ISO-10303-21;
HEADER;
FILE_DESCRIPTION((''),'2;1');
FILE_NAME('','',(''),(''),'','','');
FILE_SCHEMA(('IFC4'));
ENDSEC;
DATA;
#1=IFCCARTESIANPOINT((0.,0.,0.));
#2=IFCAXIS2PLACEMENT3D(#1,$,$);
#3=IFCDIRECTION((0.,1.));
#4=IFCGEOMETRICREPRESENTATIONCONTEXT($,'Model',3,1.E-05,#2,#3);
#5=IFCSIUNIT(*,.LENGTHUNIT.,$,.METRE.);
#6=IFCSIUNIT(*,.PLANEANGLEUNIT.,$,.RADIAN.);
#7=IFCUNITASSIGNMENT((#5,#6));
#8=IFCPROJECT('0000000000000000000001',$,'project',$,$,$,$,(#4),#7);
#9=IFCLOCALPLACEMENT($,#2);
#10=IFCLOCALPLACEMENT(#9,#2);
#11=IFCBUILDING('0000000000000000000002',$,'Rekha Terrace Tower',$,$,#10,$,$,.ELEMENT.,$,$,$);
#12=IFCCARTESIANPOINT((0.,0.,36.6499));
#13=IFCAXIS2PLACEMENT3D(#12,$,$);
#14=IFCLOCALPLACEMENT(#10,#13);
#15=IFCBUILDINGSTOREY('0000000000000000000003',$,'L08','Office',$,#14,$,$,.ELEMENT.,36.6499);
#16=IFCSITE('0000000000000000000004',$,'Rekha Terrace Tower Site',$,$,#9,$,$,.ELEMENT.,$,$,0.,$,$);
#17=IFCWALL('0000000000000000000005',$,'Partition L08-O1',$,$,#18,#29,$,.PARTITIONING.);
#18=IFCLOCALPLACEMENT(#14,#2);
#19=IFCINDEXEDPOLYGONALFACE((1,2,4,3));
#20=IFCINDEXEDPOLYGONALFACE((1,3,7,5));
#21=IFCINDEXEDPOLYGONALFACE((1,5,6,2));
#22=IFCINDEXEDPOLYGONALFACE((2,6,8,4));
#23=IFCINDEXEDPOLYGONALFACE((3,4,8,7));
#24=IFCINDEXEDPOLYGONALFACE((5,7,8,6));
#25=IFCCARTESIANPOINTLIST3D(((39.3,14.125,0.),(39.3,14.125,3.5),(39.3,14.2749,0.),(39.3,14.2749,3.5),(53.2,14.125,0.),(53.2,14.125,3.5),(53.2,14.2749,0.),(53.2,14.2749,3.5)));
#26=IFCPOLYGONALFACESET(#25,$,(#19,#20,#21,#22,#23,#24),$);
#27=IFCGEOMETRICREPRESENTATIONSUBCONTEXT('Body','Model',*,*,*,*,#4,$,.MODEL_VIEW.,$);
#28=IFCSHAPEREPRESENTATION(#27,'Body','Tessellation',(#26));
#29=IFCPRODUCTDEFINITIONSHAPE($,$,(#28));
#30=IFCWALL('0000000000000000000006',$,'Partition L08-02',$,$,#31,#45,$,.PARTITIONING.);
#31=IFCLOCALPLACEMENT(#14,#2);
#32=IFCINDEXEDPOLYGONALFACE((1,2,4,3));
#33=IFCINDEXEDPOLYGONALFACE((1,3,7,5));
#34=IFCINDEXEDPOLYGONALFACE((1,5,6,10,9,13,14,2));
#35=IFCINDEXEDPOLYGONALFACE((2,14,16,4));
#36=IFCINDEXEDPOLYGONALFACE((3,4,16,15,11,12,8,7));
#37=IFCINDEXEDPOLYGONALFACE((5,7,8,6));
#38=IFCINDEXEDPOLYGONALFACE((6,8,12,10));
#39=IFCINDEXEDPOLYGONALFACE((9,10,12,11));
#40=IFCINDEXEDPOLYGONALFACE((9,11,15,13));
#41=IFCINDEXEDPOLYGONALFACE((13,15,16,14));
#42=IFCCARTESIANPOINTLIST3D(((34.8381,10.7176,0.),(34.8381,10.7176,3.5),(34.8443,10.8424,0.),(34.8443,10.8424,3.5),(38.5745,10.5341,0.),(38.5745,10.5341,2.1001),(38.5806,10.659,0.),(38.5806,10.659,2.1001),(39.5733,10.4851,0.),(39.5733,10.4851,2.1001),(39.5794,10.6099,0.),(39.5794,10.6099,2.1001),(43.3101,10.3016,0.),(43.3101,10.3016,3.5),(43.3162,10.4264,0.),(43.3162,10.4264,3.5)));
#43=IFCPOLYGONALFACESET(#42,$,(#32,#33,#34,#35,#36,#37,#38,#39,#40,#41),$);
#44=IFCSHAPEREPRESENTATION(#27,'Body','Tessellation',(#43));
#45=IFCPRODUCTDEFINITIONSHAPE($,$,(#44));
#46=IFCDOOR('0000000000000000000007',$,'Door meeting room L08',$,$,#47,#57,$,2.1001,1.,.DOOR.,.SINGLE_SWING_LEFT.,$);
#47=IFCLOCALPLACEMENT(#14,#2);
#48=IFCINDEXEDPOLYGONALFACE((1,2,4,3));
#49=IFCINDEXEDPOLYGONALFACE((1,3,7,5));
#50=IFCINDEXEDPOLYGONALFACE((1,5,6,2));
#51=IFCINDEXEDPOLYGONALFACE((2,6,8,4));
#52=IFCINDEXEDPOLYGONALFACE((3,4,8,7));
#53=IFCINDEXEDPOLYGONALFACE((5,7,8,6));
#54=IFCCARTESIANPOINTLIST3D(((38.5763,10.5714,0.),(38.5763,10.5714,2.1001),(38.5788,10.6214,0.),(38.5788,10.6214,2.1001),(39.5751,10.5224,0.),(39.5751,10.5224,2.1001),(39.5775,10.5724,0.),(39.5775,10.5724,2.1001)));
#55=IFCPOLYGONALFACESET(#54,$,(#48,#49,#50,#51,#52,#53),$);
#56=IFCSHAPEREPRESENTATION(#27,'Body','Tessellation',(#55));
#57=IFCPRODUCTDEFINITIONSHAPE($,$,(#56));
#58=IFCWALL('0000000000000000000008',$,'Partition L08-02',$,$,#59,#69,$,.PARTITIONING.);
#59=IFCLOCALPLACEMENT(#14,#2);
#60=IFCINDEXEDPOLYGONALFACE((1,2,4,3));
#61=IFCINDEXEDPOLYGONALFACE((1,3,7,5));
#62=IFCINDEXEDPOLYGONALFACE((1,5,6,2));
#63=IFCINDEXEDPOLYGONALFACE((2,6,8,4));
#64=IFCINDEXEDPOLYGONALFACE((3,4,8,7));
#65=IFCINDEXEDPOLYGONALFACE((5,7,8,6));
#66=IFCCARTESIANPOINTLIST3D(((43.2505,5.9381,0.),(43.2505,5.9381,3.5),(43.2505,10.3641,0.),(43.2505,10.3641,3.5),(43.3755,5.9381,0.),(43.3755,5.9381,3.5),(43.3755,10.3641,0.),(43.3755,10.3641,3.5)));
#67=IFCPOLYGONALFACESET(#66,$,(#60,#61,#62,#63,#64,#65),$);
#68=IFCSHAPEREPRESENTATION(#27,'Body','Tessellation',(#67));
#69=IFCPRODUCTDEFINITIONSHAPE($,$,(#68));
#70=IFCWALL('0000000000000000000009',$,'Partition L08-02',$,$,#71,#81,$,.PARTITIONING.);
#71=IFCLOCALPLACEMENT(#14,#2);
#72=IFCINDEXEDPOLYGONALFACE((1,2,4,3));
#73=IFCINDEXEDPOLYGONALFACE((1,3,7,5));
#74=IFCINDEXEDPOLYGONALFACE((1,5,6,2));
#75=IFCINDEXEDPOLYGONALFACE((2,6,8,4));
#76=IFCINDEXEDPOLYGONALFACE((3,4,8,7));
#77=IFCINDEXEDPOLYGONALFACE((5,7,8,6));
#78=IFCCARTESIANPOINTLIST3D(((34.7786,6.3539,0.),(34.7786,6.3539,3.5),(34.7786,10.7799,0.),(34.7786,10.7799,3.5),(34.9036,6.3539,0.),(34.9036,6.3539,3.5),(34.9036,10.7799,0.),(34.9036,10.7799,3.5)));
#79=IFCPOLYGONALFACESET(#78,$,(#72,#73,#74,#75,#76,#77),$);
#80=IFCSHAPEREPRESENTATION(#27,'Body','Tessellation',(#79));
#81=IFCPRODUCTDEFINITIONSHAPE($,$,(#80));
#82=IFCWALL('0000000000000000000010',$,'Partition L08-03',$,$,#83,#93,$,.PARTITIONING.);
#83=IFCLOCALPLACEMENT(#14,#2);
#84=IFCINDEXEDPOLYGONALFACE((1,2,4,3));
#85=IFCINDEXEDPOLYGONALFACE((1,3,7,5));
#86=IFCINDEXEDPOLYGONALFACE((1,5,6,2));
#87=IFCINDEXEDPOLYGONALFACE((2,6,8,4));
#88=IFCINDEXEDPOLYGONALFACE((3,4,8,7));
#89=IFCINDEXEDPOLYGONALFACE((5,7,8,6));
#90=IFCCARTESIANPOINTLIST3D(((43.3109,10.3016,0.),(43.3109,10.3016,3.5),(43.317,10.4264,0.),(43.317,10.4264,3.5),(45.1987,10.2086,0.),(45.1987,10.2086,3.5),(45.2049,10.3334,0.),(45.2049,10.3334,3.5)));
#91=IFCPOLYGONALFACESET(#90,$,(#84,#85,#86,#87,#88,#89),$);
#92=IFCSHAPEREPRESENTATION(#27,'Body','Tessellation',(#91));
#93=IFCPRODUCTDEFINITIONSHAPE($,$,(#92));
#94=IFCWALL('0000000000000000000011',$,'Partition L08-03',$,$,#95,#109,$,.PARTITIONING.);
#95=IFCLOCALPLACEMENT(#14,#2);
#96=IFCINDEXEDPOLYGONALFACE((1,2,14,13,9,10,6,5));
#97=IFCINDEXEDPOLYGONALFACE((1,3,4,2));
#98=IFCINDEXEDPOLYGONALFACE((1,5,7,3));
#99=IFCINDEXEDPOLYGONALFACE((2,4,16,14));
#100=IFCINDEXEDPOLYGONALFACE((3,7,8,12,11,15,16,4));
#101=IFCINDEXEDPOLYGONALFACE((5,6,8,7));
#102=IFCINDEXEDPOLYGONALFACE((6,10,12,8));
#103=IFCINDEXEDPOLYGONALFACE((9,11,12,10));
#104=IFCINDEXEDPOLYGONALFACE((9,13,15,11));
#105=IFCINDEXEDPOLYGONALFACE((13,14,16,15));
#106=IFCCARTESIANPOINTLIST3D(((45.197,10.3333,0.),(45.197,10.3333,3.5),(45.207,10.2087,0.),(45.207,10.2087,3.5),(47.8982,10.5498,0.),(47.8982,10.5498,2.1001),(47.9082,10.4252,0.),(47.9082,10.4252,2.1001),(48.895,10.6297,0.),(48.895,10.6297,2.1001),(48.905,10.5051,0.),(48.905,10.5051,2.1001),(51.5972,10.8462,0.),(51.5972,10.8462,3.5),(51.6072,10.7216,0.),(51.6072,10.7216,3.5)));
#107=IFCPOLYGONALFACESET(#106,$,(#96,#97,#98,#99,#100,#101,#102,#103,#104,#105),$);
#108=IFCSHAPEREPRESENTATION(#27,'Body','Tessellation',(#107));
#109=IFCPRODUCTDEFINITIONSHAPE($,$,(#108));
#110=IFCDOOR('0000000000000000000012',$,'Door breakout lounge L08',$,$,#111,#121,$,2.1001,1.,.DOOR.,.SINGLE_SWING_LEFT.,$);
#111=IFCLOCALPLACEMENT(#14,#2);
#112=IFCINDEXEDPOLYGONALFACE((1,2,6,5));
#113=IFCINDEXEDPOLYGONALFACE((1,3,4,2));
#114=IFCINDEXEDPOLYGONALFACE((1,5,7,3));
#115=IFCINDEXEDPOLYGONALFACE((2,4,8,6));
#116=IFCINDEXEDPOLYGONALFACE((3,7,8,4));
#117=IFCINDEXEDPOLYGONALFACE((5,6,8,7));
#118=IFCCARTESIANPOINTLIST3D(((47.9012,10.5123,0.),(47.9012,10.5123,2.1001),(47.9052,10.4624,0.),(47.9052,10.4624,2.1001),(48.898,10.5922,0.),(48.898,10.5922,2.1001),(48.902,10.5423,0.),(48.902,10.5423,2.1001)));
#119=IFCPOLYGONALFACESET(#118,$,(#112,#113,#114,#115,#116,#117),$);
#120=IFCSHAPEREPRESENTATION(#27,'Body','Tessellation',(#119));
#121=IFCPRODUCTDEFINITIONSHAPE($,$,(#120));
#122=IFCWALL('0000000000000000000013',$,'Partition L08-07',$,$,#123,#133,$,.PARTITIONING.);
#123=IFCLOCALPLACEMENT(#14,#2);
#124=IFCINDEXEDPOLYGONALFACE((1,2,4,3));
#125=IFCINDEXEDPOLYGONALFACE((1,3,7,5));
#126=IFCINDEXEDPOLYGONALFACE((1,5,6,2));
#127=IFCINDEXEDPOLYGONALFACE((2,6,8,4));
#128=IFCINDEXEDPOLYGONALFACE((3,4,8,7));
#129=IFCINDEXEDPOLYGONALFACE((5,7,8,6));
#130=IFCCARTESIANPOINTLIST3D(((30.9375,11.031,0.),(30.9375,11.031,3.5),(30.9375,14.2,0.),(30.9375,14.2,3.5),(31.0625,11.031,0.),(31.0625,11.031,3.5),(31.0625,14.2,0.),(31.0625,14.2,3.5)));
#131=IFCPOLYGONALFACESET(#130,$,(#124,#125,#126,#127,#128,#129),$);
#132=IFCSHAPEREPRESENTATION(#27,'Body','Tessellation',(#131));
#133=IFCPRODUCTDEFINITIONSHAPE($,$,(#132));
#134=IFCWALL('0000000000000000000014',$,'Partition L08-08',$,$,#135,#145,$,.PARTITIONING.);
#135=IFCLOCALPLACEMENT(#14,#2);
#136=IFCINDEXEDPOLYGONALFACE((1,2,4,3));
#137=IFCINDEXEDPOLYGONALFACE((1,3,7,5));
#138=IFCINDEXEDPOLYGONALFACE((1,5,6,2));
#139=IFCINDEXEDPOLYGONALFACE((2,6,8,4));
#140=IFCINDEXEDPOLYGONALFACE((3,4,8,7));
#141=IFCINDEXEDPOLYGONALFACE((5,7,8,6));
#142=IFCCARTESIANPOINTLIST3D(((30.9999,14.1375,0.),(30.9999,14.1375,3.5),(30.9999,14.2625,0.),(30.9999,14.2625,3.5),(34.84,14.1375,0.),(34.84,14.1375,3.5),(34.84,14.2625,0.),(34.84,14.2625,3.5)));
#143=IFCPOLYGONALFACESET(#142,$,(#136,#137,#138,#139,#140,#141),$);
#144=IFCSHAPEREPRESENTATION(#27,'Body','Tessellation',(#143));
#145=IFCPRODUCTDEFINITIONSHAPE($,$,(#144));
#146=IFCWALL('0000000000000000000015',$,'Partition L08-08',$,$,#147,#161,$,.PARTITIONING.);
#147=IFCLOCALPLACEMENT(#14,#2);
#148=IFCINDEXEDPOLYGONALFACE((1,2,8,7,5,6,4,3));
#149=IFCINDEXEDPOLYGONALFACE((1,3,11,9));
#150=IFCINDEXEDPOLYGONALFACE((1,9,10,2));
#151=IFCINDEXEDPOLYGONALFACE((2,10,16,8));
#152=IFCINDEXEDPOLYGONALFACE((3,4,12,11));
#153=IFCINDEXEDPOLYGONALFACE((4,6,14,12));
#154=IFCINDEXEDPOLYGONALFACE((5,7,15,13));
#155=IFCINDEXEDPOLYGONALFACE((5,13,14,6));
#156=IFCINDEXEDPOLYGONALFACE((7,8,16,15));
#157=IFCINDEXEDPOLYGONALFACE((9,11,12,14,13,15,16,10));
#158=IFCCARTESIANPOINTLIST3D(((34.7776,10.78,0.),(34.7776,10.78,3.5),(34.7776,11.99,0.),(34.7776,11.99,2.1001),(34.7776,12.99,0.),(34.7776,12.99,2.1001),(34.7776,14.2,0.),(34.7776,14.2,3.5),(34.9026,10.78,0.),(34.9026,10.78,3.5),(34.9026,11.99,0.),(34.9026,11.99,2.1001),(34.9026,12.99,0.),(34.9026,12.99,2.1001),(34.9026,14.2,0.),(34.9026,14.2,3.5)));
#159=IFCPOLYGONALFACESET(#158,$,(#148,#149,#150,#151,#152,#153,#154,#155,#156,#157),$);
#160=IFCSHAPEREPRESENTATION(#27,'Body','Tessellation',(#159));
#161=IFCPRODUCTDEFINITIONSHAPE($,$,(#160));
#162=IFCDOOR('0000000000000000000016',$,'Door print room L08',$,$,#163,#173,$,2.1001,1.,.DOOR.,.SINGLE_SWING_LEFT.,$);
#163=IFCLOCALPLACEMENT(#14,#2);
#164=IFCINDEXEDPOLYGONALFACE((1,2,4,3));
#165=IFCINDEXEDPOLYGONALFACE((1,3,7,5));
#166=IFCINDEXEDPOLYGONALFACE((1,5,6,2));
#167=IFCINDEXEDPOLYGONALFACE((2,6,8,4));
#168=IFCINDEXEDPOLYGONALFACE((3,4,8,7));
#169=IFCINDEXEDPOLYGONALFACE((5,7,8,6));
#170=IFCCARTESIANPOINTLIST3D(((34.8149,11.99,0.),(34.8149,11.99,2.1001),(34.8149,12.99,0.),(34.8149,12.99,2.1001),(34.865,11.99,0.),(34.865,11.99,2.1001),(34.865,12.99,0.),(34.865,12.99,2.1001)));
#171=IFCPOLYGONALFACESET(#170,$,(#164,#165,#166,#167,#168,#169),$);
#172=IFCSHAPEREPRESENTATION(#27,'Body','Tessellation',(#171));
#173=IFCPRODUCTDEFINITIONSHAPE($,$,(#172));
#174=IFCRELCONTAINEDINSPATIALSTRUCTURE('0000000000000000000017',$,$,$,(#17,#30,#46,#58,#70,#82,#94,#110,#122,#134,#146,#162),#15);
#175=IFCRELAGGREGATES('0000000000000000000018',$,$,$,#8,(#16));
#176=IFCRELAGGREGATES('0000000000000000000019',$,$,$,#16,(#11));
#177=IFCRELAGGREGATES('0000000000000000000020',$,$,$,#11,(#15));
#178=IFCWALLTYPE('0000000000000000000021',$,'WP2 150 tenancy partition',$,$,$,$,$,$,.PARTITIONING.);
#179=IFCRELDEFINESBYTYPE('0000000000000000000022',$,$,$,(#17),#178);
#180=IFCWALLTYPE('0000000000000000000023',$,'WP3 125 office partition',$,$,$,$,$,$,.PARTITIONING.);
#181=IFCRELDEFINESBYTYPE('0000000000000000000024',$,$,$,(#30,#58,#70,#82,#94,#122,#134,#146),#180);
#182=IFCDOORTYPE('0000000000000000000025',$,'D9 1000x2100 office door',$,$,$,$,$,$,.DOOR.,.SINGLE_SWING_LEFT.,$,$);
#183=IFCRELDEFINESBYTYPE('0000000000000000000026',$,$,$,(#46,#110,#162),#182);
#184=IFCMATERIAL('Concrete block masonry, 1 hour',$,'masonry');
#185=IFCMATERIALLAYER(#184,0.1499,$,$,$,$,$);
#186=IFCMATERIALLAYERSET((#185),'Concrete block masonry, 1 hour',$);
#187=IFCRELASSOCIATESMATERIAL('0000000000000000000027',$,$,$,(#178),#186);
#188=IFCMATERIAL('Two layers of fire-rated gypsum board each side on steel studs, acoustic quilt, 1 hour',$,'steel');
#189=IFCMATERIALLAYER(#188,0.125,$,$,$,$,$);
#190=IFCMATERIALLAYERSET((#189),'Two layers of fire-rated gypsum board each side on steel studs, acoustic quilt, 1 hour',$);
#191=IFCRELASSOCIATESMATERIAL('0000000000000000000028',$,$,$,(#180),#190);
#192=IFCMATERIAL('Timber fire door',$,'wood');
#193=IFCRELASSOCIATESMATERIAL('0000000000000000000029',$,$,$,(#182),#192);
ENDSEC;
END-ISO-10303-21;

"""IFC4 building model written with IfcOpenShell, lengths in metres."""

from ifc_helpers import new_model, si_unit, direction, frame, frame_2d, origin, place, context, subcontext, project, spatial, rectangle, extrude, material, layer, layer_set, type_object, element, fill, save


model = new_model("IFC4")

# Units and contexts
model_context = context("Model", 3, precision=1e-05, world=origin(), true_north=direction((0.0, 1.0)))
body_context = subcontext(model_context, "Body", "Model", "MODEL_VIEW")
ifc_project = project(units=[si_unit("LENGTHUNIT", "METRE"), si_unit("PLANEANGLEUNIT", "RADIAN")], contexts=[model_context])

# Site, building, storey
site_placement = place(None, origin())
site = spatial("IfcSite", under=ifc_project, at=site_placement, Name="Rekha Terrace Tower Site", CompositionType="ELEMENT", RefElevation=0.0)
building_placement = place(site_placement, origin())
building = spatial("IfcBuilding", under=site, at=building_placement, Name="Rekha Terrace Tower", CompositionType="ELEMENT")
storey_placement = place(building_placement, frame((0.0, 0.0, 36.6499)))
storey = spatial("IfcBuildingStorey", under=building, at=storey_placement, Name="L08", Description="Office", CompositionType="ELEMENT", Elevation=36.6499)

# Shared definitions
ifc_material_1 = material(Name="Concrete block masonry, 1 hour", Category="masonry")
ifc_layer_1 = layer(ifc_material_1, 0.1499)
ifc_layer_set_1 = layer_set([ifc_layer_1], Name="Concrete block masonry, 1 hour")
wall_type_1 = type_object("IfcWallType", Name="WP2 150 tenancy partition", PredefinedType="PARTITIONING", material=ifc_layer_set_1)

# Wall
wall_1_placement = place(storey_placement, frame((39.3, 14.2, 0.0), z_axis=(0.0, 0.0, 1.0), x_axis=(1.0, 0.0, 0.0)))
element("IfcWall", 1, at=wall_1_placement, inside=storey, type_object=wall_type_1, Name="Partition L08-O1", PredefinedType="PARTITIONING", context=body_context, shape_type="SweptSolid", body=[
    extrude(rectangle(XDim=13.8999, YDim=0.1499, at=frame_2d((6.95, 0.0))), origin(), (0.0, 0.0, 1.0), 3.5),
])

# Wall, opening, door
ifc_material_2 = material(Name="Two layers of fire-rated gypsum board each side on steel studs, acoustic quilt, 1 hour", Category="steel")
ifc_layer_2 = layer(ifc_material_2, 0.125)
ifc_layer_set_2 = layer_set([ifc_layer_2], Name="Two layers of fire-rated gypsum board each side on steel studs, acoustic quilt, 1 hour")
wall_type_2 = type_object("IfcWallType", Name="WP3 125 office partition", PredefinedType="PARTITIONING", material=ifc_layer_set_2)
wall_2_placement = place(storey_placement, frame((34.8411, 10.78, 0.0), z_axis=(0.0, 0.0, 1.0), x_axis=(0.998797, -0.049046, 0.0)))
wall_2 = element("IfcWall", 2, at=wall_2_placement, inside=storey, type_object=wall_type_2, Name="Partition L08-02", PredefinedType="PARTITIONING", context=body_context, shape_type="SweptSolid", body=[
    extrude(rectangle(XDim=8.4822, YDim=0.125, at=frame_2d((4.2412, 0.0))), origin(), (0.0, 0.0, 1.0), 3.5),
])
opening_1_placement = place(wall_2_placement, frame((3.741, 0.0, 0.0)))
opening_1 = element("IfcOpeningElement", 3, at=opening_1_placement, cuts=wall_2, PredefinedType="OPENING", context=body_context, shape_type="SweptSolid", body=[
    extrude(rectangle(XDim=1.0, YDim=2.1001, at=frame_2d((0.5, 1.05))), frame((0.0, 0.0725, 0.0), z_axis=(0.0, -1.0, 0.0), x_axis=(1.0, 0.0, 0.0)), (0.0, 0.0, 1.0), 0.145),
])
ifc_material_3 = material(Name="Timber fire door", Category="wood")
door_type_1 = type_object("IfcDoorType", Name="D9 1000x2100 office door", OperationType="SINGLE_SWING_LEFT", PredefinedType="DOOR", material=ifc_material_3)
door_1_placement = place(opening_1_placement, origin())
door_1 = element("IfcDoor", 4, at=door_1_placement, inside=storey, type_object=door_type_1, Name="Door meeting room L08", OperationType="SINGLE_SWING_LEFT", OverallHeight=2.1001, OverallWidth=1.0, PredefinedType="DOOR", context=body_context, shape_type="SweptSolid", body=[
    extrude(rectangle(XDim=1.0, YDim=2.1001, at=frame_2d((0.5, 1.05))), frame((0.0, 0.0249, 0.0), z_axis=(0.0, -1.0, 0.0), x_axis=(1.0, 0.0, 0.0)), (0.0, 0.0, 1.0), 0.05),
])
fill(opening_1, door_1)

# Walls
for number, where, z_axis, x_axis, name in (
    (5, (43.313, 10.364, 0.0), (0.0, 0.0, 1.0), (0.0, -1.0, 0.0), "Partition L08-02"),
    (6, (34.8411, 6.354, 0.0), (0.0, 0.0, 1.0), (0.0, 1.0, 0.0), "Partition L08-02"),
):
    element("IfcWall", number, at=place(storey_placement, frame(where, z_axis=z_axis, x_axis=x_axis)), inside=storey, type_object=wall_type_2, Name=name, PredefinedType="PARTITIONING", context=body_context, shape_type="SweptSolid", body=[
        extrude(rectangle(XDim=4.426, YDim=0.125, at=frame_2d((2.2129, 0.0))), origin(), (0.0, 0.0, 1.0), 3.5),
    ])
wall_3_placement = place(storey_placement, frame((43.314, 10.364, 0.0), z_axis=(0.0, 0.0, 1.0), x_axis=(0.998788, -0.04921, 0.0)))
element("IfcWall", 7, at=wall_3_placement, inside=storey, type_object=wall_type_2, Name="Partition L08-03", PredefinedType="PARTITIONING", context=body_context, shape_type="SweptSolid", body=[
    extrude(rectangle(XDim=1.8901, YDim=0.125, at=frame_2d((0.9451, 0.0))), origin(), (0.0, 0.0, 1.0), 3.5),
])

# Wall, opening, door
wall_4_placement = place(storey_placement, frame((45.2019, 10.271, 0.0), z_axis=(0.0, 0.0, 1.0), x_axis=(0.996804, 0.079889, 0.0)))
wall_4 = element("IfcWall", 8, at=wall_4_placement, inside=storey, type_object=wall_type_2, Name="Partition L08-03", PredefinedType="PARTITIONING", context=body_context, shape_type="SweptSolid", body=[
    extrude(rectangle(XDim=6.4207, YDim=0.125, at=frame_2d((3.2104, 0.0))), origin(), (0.0, 0.0, 1.0), 3.5),
])
opening_2_placement = place(wall_4_placement, frame((2.71, 0.0, 0.0)))
opening_2 = element("IfcOpeningElement", 9, at=opening_2_placement, cuts=wall_4, PredefinedType="OPENING", context=body_context, shape_type="SweptSolid", body=[
    extrude(rectangle(XDim=1.0, YDim=2.1001, at=frame_2d((0.5, 1.05))), frame((0.0, 0.0725, 0.0), z_axis=(0.0, -1.0, 0.0), x_axis=(1.0, 0.0, 0.0)), (0.0, 0.0, 1.0), 0.145),
])
door_2_placement = place(opening_2_placement, origin())
door_2 = element("IfcDoor", 10, at=door_2_placement, inside=storey, type_object=door_type_1, Name="Door breakout lounge L08", OperationType="SINGLE_SWING_LEFT", OverallHeight=2.1001, OverallWidth=1.0, PredefinedType="DOOR", context=body_context, shape_type="SweptSolid", body=[
    extrude(rectangle(XDim=1.0, YDim=2.1001, at=frame_2d((0.5, 1.05))), frame((0.0, 0.0249, 0.0), z_axis=(0.0, -1.0, 0.0), x_axis=(1.0, 0.0, 0.0)), (0.0, 0.0, 1.0), 0.05),
])
fill(opening_2, door_2)

# Walls
wall_5_placement = place(storey_placement, frame((31.0, 14.2, 0.0), z_axis=(0.0, 0.0, 1.0), x_axis=(0.0, -1.0, 0.0)))
element("IfcWall", 11, at=wall_5_placement, inside=storey, type_object=wall_type_2, Name="Partition L08-07", PredefinedType="PARTITIONING", context=body_context, shape_type="SweptSolid", body=[
    extrude(rectangle(XDim=3.1689, YDim=0.125, at=frame_2d((1.5845, 0.0))), origin(), (0.0, 0.0, 1.0), 3.5),
])
wall_6_placement = place(storey_placement, frame((31.0, 14.2, 0.0), z_axis=(0.0, 0.0, 1.0), x_axis=(1.0, 0.0, 0.0)))
element("IfcWall", 12, at=wall_6_placement, inside=storey, type_object=wall_type_2, Name="Partition L08-08", PredefinedType="PARTITIONING", context=body_context, shape_type="SweptSolid", body=[
    extrude(rectangle(XDim=3.8401, YDim=0.125, at=frame_2d((1.9199, 0.0))), origin(), (0.0, 0.0, 1.0), 3.5),
])

# Wall, opening, door
wall_7_placement = place(storey_placement, frame((34.8401, 14.2, 0.0), z_axis=(0.0, 0.0, 1.0), x_axis=(0.0, -1.0, 0.0)))
wall_7 = element("IfcWall", 13, at=wall_7_placement, inside=storey, type_object=wall_type_2, Name="Partition L08-08", PredefinedType="PARTITIONING", context=body_context, shape_type="SweptSolid", body=[
    extrude(rectangle(XDim=3.4199, YDim=0.125, at=frame_2d((1.71, 0.0))), origin(), (0.0, 0.0, 1.0), 3.5),
])
opening_3_placement = place(wall_7_placement, frame((1.21, 0.0, 0.0)))
opening_3 = element("IfcOpeningElement", 14, at=opening_3_placement, cuts=wall_7, PredefinedType="OPENING", context=body_context, shape_type="SweptSolid", body=[
    extrude(rectangle(XDim=1.0, YDim=2.1001, at=frame_2d((0.5, 1.05))), frame((0.0, 0.0725, 0.0), z_axis=(0.0, -1.0, 0.0), x_axis=(1.0, 0.0, 0.0)), (0.0, 0.0, 1.0), 0.145),
])
door_3_placement = place(opening_3_placement, origin())
door_3 = element("IfcDoor", 15, at=door_3_placement, inside=storey, type_object=door_type_1, Name="Door print room L08", OperationType="SINGLE_SWING_LEFT", OverallHeight=2.1001, OverallWidth=1.0, PredefinedType="DOOR", context=body_context, shape_type="SweptSolid", body=[
    extrude(rectangle(XDim=1.0, YDim=2.1001, at=frame_2d((0.5, 1.05))), frame((0.0, 0.0249, 0.0), z_axis=(0.0, -1.0, 0.0), x_axis=(1.0, 0.0, 0.0)), (0.0, 0.0, 1.0), 0.05),
])
fill(opening_3, door_3)

save(model, "model.ifc")
